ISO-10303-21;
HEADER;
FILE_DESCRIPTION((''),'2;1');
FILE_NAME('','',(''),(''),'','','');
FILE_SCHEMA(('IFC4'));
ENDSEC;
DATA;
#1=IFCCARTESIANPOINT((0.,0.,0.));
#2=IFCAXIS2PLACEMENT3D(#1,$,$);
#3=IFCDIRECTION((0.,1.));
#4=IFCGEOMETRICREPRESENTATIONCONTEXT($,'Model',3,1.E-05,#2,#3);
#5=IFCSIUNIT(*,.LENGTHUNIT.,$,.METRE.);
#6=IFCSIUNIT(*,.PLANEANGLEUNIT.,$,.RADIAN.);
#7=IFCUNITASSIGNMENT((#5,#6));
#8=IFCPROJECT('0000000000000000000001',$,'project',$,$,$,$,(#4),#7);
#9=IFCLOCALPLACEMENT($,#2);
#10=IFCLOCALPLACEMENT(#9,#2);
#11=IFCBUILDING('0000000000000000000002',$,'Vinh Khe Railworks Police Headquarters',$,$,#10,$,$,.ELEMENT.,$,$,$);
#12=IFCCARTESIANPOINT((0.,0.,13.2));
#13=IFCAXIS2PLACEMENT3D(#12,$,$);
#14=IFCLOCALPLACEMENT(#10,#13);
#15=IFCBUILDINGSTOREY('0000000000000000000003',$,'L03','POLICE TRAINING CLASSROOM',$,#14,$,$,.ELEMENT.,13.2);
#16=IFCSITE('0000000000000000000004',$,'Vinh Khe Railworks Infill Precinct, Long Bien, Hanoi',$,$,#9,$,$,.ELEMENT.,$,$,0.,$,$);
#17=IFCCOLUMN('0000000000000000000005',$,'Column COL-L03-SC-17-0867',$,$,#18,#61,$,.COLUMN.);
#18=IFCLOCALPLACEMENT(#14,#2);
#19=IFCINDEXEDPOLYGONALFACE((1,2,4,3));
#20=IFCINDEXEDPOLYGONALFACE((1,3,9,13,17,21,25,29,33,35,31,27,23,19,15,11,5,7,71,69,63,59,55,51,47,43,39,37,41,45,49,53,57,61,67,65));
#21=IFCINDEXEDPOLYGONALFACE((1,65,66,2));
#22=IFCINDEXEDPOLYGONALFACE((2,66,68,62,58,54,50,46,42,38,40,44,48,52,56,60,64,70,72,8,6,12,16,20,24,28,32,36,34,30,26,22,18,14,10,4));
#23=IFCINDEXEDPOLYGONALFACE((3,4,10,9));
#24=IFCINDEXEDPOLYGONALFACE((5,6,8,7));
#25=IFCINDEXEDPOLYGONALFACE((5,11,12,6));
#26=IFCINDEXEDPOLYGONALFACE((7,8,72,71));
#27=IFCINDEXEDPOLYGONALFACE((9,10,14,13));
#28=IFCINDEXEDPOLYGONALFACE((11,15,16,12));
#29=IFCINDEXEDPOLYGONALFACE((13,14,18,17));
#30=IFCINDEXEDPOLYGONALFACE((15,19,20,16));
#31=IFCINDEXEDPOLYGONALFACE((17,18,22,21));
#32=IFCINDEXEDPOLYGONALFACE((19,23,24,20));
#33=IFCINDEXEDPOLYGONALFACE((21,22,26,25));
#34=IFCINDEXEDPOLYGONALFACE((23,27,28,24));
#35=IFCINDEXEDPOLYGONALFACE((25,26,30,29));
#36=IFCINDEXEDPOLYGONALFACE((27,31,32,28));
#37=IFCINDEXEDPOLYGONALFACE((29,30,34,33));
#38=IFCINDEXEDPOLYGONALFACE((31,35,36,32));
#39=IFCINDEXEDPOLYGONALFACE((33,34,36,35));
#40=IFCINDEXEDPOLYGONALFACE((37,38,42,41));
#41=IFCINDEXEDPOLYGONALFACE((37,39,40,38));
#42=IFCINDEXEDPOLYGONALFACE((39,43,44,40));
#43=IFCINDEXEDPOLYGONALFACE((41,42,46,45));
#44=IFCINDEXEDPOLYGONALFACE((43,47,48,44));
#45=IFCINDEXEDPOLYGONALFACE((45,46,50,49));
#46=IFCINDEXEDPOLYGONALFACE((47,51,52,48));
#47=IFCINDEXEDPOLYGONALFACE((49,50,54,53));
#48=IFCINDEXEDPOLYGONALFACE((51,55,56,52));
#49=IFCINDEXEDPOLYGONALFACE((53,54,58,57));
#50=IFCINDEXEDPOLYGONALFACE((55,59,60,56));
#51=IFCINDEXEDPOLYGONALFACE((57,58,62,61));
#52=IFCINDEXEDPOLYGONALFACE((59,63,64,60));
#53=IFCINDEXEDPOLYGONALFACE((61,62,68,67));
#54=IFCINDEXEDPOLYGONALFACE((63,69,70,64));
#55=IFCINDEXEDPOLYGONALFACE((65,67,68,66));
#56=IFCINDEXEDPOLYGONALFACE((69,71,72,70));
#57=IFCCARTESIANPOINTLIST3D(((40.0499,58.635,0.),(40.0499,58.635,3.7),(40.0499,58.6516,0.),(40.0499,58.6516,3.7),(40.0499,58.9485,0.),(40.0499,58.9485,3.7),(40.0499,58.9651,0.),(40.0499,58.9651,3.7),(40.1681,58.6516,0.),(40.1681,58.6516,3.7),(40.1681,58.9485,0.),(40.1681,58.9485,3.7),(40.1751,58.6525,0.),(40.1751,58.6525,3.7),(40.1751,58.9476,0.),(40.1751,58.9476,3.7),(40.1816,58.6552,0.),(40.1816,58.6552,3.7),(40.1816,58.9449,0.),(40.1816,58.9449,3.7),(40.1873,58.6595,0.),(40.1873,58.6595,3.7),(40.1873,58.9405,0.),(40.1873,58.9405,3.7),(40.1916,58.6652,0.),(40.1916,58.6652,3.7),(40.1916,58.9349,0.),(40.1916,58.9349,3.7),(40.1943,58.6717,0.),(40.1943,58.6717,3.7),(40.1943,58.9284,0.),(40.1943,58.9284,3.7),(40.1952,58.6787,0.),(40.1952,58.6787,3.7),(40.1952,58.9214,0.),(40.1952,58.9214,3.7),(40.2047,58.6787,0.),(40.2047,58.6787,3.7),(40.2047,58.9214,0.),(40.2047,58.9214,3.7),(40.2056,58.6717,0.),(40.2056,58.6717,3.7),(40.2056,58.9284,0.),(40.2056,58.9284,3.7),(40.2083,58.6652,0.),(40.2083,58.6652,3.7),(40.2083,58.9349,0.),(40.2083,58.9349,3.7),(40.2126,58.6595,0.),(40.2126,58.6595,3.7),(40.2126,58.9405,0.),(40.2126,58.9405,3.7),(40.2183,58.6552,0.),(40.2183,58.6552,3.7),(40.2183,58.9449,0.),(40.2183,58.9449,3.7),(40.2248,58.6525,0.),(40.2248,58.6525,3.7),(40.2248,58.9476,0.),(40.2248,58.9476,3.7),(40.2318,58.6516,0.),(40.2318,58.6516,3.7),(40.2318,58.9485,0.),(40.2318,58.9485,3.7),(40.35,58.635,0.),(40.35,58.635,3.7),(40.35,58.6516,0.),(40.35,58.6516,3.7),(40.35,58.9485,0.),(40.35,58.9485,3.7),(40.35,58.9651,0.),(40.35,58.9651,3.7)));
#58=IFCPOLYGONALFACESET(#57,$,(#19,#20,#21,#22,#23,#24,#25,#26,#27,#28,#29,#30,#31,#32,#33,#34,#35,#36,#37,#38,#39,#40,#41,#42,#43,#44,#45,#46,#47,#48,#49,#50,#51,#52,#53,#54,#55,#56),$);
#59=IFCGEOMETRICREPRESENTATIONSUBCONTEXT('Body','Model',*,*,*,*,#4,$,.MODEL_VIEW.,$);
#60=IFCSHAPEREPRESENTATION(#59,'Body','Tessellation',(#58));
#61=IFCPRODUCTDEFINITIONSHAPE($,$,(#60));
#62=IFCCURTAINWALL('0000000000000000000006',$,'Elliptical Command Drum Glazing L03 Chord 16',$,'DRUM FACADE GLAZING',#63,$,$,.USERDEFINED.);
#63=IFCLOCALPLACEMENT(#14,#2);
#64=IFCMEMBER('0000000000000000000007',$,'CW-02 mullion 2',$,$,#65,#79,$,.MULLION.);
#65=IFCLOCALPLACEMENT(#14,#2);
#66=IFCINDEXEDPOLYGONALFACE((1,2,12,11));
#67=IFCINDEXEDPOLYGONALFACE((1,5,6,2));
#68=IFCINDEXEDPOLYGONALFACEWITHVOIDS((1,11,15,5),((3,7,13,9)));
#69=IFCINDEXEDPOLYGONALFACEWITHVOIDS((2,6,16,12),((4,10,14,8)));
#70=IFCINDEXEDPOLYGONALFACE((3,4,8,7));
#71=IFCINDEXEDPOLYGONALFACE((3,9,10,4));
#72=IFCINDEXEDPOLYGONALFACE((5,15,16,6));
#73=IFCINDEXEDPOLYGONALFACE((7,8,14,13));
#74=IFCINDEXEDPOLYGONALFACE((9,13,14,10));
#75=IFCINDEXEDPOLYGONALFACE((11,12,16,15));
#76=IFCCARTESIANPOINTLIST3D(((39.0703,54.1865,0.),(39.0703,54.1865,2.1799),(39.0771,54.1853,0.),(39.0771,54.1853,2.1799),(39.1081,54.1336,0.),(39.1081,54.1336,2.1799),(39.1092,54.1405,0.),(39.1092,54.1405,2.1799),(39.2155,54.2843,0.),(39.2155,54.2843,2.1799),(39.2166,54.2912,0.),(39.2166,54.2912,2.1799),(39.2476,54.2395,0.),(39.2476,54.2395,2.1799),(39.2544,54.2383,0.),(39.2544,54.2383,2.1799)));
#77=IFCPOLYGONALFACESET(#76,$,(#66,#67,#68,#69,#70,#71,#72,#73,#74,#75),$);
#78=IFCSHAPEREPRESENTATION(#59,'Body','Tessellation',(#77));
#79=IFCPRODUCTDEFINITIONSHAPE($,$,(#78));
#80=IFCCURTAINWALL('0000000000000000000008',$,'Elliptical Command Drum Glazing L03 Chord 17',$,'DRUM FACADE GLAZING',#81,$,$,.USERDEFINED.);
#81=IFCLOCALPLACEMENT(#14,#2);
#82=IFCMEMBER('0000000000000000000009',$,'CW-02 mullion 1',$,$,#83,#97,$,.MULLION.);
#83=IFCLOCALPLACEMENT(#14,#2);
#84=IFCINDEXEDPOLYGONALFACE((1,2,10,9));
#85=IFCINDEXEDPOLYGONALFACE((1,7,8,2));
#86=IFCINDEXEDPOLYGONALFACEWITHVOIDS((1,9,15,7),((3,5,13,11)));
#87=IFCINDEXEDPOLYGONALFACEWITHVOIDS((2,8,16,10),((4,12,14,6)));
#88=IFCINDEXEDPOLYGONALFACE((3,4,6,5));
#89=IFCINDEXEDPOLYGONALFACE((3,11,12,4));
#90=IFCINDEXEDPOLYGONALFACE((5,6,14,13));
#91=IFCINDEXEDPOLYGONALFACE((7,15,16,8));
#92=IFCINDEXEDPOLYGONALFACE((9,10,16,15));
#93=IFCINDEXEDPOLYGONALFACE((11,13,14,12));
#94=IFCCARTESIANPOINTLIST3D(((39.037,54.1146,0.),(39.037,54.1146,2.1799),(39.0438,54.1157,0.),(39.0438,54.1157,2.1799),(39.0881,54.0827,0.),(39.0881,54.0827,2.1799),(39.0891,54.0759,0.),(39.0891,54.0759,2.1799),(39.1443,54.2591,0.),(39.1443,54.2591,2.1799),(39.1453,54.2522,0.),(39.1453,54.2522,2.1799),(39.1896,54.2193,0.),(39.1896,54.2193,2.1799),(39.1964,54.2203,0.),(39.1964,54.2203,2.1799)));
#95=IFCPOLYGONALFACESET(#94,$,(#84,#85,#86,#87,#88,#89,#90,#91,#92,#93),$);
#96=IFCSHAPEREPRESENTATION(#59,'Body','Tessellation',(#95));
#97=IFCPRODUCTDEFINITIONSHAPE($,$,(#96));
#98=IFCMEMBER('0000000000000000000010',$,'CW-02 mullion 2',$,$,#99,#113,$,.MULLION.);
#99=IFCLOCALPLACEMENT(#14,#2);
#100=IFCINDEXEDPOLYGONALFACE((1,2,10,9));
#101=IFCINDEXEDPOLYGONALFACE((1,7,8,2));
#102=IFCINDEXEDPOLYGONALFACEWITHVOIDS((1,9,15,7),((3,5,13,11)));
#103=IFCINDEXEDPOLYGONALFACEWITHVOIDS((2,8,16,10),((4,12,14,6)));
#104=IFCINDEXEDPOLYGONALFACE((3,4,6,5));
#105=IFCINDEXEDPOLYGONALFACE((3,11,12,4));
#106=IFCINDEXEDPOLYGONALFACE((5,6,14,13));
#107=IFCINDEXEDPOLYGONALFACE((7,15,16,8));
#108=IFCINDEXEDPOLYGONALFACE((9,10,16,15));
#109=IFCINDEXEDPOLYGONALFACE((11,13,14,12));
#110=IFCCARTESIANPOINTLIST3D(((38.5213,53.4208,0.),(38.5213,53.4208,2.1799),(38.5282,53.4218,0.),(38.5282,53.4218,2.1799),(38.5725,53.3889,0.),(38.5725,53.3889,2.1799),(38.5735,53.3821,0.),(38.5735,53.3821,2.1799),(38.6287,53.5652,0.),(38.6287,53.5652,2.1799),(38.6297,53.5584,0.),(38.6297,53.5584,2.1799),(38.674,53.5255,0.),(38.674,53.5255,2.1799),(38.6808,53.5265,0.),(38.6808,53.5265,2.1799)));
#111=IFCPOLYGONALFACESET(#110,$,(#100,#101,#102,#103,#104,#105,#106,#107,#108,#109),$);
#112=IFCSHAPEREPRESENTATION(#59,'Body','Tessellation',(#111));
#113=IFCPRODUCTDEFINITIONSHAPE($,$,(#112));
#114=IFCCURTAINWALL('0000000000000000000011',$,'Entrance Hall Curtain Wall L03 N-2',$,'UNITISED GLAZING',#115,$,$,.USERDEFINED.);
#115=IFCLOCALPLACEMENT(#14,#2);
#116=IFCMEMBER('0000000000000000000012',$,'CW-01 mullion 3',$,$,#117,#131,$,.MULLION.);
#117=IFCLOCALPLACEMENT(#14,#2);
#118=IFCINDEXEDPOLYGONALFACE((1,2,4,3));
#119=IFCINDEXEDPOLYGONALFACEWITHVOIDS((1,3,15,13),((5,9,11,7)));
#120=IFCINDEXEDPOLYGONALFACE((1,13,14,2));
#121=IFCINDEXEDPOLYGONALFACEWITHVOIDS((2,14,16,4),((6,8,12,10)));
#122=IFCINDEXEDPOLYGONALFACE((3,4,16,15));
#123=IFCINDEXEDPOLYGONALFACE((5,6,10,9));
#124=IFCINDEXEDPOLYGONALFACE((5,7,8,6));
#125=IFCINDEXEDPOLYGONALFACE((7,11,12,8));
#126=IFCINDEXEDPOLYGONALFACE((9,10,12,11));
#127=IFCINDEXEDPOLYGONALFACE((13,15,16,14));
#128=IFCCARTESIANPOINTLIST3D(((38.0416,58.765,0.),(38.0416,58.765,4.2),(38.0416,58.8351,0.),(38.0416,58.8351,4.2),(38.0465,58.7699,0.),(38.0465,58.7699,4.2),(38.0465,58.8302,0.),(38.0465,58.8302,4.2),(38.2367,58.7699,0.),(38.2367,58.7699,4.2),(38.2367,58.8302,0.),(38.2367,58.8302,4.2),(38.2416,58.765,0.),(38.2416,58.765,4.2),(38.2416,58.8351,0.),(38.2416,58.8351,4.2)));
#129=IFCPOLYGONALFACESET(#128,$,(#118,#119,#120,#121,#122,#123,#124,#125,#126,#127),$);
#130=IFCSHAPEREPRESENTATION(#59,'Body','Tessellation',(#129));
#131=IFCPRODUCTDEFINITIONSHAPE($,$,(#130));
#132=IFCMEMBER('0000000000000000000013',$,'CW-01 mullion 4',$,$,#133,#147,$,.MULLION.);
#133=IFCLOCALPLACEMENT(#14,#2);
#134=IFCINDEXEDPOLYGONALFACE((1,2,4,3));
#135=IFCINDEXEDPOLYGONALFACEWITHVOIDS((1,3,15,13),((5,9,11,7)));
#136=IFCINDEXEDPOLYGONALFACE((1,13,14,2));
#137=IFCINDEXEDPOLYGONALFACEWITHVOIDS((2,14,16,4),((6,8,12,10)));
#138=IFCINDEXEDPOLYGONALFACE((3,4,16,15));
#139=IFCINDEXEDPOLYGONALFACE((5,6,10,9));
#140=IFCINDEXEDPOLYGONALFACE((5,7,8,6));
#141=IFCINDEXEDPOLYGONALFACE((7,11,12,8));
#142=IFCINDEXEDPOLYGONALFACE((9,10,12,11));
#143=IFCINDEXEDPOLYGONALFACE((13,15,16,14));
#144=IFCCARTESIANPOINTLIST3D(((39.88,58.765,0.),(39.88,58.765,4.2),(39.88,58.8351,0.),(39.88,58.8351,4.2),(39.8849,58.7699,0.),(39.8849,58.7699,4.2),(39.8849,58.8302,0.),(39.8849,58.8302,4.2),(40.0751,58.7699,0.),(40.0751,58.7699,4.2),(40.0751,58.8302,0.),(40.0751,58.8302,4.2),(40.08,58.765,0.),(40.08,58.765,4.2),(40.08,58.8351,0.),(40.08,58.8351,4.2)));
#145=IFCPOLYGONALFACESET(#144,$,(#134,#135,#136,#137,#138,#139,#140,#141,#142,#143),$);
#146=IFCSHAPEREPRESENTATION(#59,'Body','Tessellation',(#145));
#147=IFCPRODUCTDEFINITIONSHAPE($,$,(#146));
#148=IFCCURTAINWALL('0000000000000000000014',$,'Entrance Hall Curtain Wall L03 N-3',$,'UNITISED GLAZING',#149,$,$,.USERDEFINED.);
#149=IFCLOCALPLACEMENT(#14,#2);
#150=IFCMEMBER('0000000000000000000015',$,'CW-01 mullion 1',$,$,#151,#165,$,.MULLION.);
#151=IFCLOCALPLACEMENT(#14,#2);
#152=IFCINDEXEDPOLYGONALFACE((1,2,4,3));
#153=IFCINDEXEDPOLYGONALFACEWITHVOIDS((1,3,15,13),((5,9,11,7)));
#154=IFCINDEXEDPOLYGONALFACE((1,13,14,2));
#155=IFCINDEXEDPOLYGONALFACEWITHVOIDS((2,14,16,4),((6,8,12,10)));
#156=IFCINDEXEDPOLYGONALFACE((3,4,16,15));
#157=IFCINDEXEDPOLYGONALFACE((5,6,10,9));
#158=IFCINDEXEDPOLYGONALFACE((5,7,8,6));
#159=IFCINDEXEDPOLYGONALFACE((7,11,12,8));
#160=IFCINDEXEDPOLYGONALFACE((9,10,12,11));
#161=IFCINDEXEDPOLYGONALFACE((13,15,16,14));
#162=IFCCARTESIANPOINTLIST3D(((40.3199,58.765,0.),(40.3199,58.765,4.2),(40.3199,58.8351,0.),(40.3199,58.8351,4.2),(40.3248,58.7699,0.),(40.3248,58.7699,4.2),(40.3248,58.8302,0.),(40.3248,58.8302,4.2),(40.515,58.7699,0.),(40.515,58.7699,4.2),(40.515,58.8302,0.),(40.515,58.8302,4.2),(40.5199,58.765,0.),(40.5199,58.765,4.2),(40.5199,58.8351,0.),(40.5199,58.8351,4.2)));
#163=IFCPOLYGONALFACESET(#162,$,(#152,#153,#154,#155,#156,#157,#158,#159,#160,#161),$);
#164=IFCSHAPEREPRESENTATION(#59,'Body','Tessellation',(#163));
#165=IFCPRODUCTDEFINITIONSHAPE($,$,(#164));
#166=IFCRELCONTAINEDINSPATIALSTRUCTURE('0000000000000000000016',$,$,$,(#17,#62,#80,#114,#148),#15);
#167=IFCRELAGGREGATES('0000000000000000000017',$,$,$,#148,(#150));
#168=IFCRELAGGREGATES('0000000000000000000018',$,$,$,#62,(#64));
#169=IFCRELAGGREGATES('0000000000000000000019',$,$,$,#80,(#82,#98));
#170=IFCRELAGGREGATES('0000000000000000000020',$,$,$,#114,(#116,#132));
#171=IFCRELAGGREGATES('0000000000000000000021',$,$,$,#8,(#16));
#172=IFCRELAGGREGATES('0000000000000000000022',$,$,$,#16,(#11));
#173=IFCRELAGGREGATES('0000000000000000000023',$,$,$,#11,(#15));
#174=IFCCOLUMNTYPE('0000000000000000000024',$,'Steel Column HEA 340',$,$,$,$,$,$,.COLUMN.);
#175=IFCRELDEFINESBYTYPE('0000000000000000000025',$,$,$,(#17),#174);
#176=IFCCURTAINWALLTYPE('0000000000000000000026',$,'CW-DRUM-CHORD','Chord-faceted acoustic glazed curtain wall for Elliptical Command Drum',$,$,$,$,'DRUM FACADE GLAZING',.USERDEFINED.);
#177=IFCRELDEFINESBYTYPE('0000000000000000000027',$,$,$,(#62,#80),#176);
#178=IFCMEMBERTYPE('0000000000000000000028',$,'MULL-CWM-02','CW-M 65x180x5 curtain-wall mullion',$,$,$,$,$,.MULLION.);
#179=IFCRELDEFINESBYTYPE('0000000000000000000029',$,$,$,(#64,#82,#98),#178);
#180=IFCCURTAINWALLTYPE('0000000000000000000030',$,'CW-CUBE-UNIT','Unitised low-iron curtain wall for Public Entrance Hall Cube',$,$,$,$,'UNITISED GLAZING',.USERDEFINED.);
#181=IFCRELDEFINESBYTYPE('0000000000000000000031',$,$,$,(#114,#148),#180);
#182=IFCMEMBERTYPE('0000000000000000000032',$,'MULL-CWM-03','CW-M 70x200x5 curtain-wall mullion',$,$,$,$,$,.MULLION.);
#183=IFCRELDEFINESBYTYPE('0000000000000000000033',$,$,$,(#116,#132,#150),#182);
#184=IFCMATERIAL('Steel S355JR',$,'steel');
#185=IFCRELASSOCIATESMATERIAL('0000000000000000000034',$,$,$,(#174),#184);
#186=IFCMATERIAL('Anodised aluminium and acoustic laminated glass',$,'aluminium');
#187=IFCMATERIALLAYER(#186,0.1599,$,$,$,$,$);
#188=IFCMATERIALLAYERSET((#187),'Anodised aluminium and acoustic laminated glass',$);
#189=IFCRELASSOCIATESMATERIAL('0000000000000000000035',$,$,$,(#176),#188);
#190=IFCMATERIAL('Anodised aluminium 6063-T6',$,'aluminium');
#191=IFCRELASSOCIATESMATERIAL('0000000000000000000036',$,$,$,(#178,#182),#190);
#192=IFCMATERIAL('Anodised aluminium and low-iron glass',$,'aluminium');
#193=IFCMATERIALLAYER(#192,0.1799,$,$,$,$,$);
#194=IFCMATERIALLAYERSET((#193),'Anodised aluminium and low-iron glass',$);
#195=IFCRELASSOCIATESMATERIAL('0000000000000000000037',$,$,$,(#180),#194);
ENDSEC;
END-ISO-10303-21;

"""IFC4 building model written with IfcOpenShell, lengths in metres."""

from ifc_helpers import new_model, si_unit, direction, frame, origin, origin_2d, place, context, subcontext, project, spatial, hollow_rectangle, i_section, extrude, material, layer, layer_set, material_profile, profile_set, type_object, element, aggregate, save


model = new_model("IFC4")

# Units and contexts
model_context = context("Model", 3, precision=1e-05, world=origin(), true_north=direction((0.0, 1.0)))
body_context = subcontext(model_context, "Body", "Model", "MODEL_VIEW")
ifc_project = project(units=[si_unit("LENGTHUNIT", "METRE"), si_unit("PLANEANGLEUNIT", "RADIAN")], contexts=[model_context])

# Site, building, storey
site_placement = place(None, origin())
site = spatial("IfcSite", under=ifc_project, at=site_placement, Name="Vinh Khe Railworks Infill Precinct, Long Bien, Hanoi", CompositionType="ELEMENT", RefElevation=0.0)
building_placement = place(site_placement, origin())
building = spatial("IfcBuilding", under=site, at=building_placement, Name="Vinh Khe Railworks Police Headquarters", CompositionType="ELEMENT")
storey_placement = place(building_placement, frame((0.0, 0.0, 13.2)))
storey = spatial("IfcBuildingStorey", under=building, at=storey_placement, Name="L03", Description="POLICE TRAINING CLASSROOM", CompositionType="ELEMENT", Elevation=13.2)

# Column
ifc_material_1 = material(Name="Steel S355JR", Category="steel")
ifc_material_profile_1 = material_profile(ifc_material_1, i_section(OverallWidth=0.3, OverallDepth=0.3301, WebThickness=0.0095, FlangeThickness=0.0166, FilletRadius=0.0271, at=origin_2d()), Name="HEA 340")
ifc_profile_set_1 = profile_set([ifc_material_profile_1], Name="Steel S355JR")
column_type = type_object("IfcColumnType", Name="Steel Column HEA 340", PredefinedType="COLUMN", material=ifc_profile_set_1)
column_placement = place(storey_placement, frame((40.2, 58.8, 0.0), z_axis=(0.0, 0.0, 1.0), x_axis=(1.0, 0.0, 0.0)))
element("IfcColumn", 1, at=column_placement, inside=storey, type_object=column_type, Name="Column COL-L03-SC-17-0867", PredefinedType="COLUMN", context=body_context, shape_type="SweptSolid", body=[
    extrude(i_section(OverallWidth=0.3, OverallDepth=0.3301, WebThickness=0.0095, FlangeThickness=0.0166, FilletRadius=0.0271, at=origin_2d()), origin(), (0.0, 0.0, 1.0), 3.7),
])

# Curtain wall, member
ifc_material_2 = material(Name="Anodised aluminium and acoustic laminated glass", Category="aluminium")
ifc_layer_1 = layer(ifc_material_2, 0.1599)
ifc_layer_set_1 = layer_set([ifc_layer_1], Name="Anodised aluminium and acoustic laminated glass")
curtain_wall_type_1 = type_object("IfcCurtainWallType", Name="CW-DRUM-CHORD", Description="Chord-faceted acoustic glazed curtain wall for Elliptical Command Drum", ElementType="DRUM FACADE GLAZING", PredefinedType="USERDEFINED", material=ifc_layer_set_1)
curtain_wall_1_placement = place(storey_placement, origin())
curtain_wall_1 = element("IfcCurtainWall", 2, at=curtain_wall_1_placement, inside=storey, type_object=curtain_wall_type_1, Name="Elliptical Command Drum Glazing L03 Chord 16", ObjectType="DRUM FACADE GLAZING", PredefinedType="USERDEFINED")
ifc_material_3 = material(Name="Anodised aluminium 6063-T6", Category="aluminium")
ifc_material_profile_2 = material_profile(ifc_material_3, hollow_rectangle(XDim=0.0649, YDim=0.1799, WallThickness=0.0049, at=origin_2d()), Name="CW-M 65x180x5")
ifc_profile_set_2 = profile_set([ifc_material_profile_2], Name="Anodised aluminium 6063-T6")
member_type_1 = type_object("IfcMemberType", Name="MULL-CWM-02", Description="CW-M 65x180x5 curtain-wall mullion", PredefinedType="MULLION", material=ifc_profile_set_2)
member_1_placement = place(storey_placement, frame((39.1624, 54.2124, 0.0), z_axis=(0.0, 0.0, 1.0), x_axis=(0.581914, -0.81325, 0.0)))
member_1 = element("IfcMember", 3, at=member_1_placement, type_object=member_type_1, Name="CW-02 mullion 2", PredefinedType="MULLION", context=body_context, shape_type="SweptSolid", body=[
    extrude(hollow_rectangle(XDim=0.0649, YDim=0.1799, WallThickness=0.0049, at=origin_2d()), origin(), (0.0, 0.0, 1.0), 2.1799),
])

# Curtain walls, members
curtain_wall_2_placement = place(storey_placement, origin())
curtain_wall_2 = element("IfcCurtainWall", 4, at=curtain_wall_2_placement, inside=storey, type_object=curtain_wall_type_1, Name="Elliptical Command Drum Glazing L03 Chord 17", ObjectType="DRUM FACADE GLAZING", PredefinedType="USERDEFINED")
member_2_placement = place(storey_placement, frame((39.1167, 54.1675, 0.0), z_axis=(0.0, 0.0, 1.0), x_axis=(0.802592, -0.596528, 0.0)))
member_2 = element("IfcMember", 5, at=member_2_placement, type_object=member_type_1, Name="CW-02 mullion 1", PredefinedType="MULLION", context=body_context, shape_type="SweptSolid", body=[
    extrude(hollow_rectangle(XDim=0.0649, YDim=0.1799, WallThickness=0.0049, at=origin_2d()), origin(), (0.0, 0.0, 1.0), 2.1799),
])
member_3_placement = place(storey_placement, frame((38.6011, 53.4736, 0.0), z_axis=(0.0, 0.0, 1.0), x_axis=(0.802592, -0.596528, 0.0)))
member_3 = element("IfcMember", 6, at=member_3_placement, type_object=member_type_1, Name="CW-02 mullion 2", PredefinedType="MULLION", context=body_context, shape_type="SweptSolid", body=[
    extrude(hollow_rectangle(XDim=0.0649, YDim=0.1799, WallThickness=0.0049, at=origin_2d()), origin(), (0.0, 0.0, 1.0), 2.1799),
])
ifc_material_4 = material(Name="Anodised aluminium and low-iron glass", Category="aluminium")
ifc_layer_2 = layer(ifc_material_4, 0.1799)
ifc_layer_set_2 = layer_set([ifc_layer_2], Name="Anodised aluminium and low-iron glass")
curtain_wall_type_2 = type_object("IfcCurtainWallType", Name="CW-CUBE-UNIT", Description="Unitised low-iron curtain wall for Public Entrance Hall Cube", ElementType="UNITISED GLAZING", PredefinedType="USERDEFINED", material=ifc_layer_set_2)
curtain_wall_3_placement = place(storey_placement, origin())
curtain_wall_3 = element("IfcCurtainWall", 7, at=curtain_wall_3_placement, inside=storey, type_object=curtain_wall_type_2, Name="Entrance Hall Curtain Wall L03 N-2", ObjectType="UNITISED GLAZING", PredefinedType="USERDEFINED")
ifc_material_profile_3 = material_profile(ifc_material_3, hollow_rectangle(XDim=0.0701, YDim=0.2, WallThickness=0.0049, at=origin_2d()), Name="CW-M 70x200x5")
ifc_profile_set_3 = profile_set([ifc_material_profile_3], Name="Anodised aluminium 6063-T6")
member_type_2 = type_object("IfcMemberType", Name="MULL-CWM-03", Description="CW-M 70x200x5 curtain-wall mullion", PredefinedType="MULLION", material=ifc_profile_set_3)
member_4_placement = place(storey_placement, frame((38.1416, 58.8, 0.0), z_axis=(0.0, 0.0, 1.0), x_axis=(0.0, 1.0, 0.0)))
member_4 = element("IfcMember", 8, at=member_4_placement, type_object=member_type_2, Name="CW-01 mullion 3", PredefinedType="MULLION", context=body_context, shape_type="SweptSolid", body=[
    extrude(hollow_rectangle(XDim=0.0701, YDim=0.2, WallThickness=0.0049, at=origin_2d()), origin(), (0.0, 0.0, 1.0), 4.2),
])
member_5_placement = place(storey_placement, frame((39.98, 58.8, 0.0), z_axis=(0.0, 0.0, 1.0), x_axis=(0.0, 1.0, 0.0)))
member_5 = element("IfcMember", 9, at=member_5_placement, type_object=member_type_2, Name="CW-01 mullion 4", PredefinedType="MULLION", context=body_context, shape_type="SweptSolid", body=[
    extrude(hollow_rectangle(XDim=0.0701, YDim=0.2, WallThickness=0.0049, at=origin_2d()), origin(), (0.0, 0.0, 1.0), 4.2),
])

# Curtain wall, member
curtain_wall_4_placement = place(storey_placement, origin())
curtain_wall_4 = element("IfcCurtainWall", 10, at=curtain_wall_4_placement, inside=storey, type_object=curtain_wall_type_2, Name="Entrance Hall Curtain Wall L03 N-3", ObjectType="UNITISED GLAZING", PredefinedType="USERDEFINED")
member_6_placement = place(storey_placement, frame((40.4199, 58.8, 0.0), z_axis=(0.0, 0.0, 1.0), x_axis=(0.0, 1.0, 0.0)))
member_6 = element("IfcMember", 11, at=member_6_placement, type_object=member_type_2, Name="CW-01 mullion 1", PredefinedType="MULLION", context=body_context, shape_type="SweptSolid", body=[
    extrude(hollow_rectangle(XDim=0.0701, YDim=0.2, WallThickness=0.0049, at=origin_2d()), origin(), (0.0, 0.0, 1.0), 4.2),
])
aggregate(curtain_wall_4, [member_6])

aggregate(curtain_wall_1, [member_1])
aggregate(curtain_wall_2, [member_2, member_3])
aggregate(curtain_wall_3, [member_4, member_5])

save(model, "model.ifc")
